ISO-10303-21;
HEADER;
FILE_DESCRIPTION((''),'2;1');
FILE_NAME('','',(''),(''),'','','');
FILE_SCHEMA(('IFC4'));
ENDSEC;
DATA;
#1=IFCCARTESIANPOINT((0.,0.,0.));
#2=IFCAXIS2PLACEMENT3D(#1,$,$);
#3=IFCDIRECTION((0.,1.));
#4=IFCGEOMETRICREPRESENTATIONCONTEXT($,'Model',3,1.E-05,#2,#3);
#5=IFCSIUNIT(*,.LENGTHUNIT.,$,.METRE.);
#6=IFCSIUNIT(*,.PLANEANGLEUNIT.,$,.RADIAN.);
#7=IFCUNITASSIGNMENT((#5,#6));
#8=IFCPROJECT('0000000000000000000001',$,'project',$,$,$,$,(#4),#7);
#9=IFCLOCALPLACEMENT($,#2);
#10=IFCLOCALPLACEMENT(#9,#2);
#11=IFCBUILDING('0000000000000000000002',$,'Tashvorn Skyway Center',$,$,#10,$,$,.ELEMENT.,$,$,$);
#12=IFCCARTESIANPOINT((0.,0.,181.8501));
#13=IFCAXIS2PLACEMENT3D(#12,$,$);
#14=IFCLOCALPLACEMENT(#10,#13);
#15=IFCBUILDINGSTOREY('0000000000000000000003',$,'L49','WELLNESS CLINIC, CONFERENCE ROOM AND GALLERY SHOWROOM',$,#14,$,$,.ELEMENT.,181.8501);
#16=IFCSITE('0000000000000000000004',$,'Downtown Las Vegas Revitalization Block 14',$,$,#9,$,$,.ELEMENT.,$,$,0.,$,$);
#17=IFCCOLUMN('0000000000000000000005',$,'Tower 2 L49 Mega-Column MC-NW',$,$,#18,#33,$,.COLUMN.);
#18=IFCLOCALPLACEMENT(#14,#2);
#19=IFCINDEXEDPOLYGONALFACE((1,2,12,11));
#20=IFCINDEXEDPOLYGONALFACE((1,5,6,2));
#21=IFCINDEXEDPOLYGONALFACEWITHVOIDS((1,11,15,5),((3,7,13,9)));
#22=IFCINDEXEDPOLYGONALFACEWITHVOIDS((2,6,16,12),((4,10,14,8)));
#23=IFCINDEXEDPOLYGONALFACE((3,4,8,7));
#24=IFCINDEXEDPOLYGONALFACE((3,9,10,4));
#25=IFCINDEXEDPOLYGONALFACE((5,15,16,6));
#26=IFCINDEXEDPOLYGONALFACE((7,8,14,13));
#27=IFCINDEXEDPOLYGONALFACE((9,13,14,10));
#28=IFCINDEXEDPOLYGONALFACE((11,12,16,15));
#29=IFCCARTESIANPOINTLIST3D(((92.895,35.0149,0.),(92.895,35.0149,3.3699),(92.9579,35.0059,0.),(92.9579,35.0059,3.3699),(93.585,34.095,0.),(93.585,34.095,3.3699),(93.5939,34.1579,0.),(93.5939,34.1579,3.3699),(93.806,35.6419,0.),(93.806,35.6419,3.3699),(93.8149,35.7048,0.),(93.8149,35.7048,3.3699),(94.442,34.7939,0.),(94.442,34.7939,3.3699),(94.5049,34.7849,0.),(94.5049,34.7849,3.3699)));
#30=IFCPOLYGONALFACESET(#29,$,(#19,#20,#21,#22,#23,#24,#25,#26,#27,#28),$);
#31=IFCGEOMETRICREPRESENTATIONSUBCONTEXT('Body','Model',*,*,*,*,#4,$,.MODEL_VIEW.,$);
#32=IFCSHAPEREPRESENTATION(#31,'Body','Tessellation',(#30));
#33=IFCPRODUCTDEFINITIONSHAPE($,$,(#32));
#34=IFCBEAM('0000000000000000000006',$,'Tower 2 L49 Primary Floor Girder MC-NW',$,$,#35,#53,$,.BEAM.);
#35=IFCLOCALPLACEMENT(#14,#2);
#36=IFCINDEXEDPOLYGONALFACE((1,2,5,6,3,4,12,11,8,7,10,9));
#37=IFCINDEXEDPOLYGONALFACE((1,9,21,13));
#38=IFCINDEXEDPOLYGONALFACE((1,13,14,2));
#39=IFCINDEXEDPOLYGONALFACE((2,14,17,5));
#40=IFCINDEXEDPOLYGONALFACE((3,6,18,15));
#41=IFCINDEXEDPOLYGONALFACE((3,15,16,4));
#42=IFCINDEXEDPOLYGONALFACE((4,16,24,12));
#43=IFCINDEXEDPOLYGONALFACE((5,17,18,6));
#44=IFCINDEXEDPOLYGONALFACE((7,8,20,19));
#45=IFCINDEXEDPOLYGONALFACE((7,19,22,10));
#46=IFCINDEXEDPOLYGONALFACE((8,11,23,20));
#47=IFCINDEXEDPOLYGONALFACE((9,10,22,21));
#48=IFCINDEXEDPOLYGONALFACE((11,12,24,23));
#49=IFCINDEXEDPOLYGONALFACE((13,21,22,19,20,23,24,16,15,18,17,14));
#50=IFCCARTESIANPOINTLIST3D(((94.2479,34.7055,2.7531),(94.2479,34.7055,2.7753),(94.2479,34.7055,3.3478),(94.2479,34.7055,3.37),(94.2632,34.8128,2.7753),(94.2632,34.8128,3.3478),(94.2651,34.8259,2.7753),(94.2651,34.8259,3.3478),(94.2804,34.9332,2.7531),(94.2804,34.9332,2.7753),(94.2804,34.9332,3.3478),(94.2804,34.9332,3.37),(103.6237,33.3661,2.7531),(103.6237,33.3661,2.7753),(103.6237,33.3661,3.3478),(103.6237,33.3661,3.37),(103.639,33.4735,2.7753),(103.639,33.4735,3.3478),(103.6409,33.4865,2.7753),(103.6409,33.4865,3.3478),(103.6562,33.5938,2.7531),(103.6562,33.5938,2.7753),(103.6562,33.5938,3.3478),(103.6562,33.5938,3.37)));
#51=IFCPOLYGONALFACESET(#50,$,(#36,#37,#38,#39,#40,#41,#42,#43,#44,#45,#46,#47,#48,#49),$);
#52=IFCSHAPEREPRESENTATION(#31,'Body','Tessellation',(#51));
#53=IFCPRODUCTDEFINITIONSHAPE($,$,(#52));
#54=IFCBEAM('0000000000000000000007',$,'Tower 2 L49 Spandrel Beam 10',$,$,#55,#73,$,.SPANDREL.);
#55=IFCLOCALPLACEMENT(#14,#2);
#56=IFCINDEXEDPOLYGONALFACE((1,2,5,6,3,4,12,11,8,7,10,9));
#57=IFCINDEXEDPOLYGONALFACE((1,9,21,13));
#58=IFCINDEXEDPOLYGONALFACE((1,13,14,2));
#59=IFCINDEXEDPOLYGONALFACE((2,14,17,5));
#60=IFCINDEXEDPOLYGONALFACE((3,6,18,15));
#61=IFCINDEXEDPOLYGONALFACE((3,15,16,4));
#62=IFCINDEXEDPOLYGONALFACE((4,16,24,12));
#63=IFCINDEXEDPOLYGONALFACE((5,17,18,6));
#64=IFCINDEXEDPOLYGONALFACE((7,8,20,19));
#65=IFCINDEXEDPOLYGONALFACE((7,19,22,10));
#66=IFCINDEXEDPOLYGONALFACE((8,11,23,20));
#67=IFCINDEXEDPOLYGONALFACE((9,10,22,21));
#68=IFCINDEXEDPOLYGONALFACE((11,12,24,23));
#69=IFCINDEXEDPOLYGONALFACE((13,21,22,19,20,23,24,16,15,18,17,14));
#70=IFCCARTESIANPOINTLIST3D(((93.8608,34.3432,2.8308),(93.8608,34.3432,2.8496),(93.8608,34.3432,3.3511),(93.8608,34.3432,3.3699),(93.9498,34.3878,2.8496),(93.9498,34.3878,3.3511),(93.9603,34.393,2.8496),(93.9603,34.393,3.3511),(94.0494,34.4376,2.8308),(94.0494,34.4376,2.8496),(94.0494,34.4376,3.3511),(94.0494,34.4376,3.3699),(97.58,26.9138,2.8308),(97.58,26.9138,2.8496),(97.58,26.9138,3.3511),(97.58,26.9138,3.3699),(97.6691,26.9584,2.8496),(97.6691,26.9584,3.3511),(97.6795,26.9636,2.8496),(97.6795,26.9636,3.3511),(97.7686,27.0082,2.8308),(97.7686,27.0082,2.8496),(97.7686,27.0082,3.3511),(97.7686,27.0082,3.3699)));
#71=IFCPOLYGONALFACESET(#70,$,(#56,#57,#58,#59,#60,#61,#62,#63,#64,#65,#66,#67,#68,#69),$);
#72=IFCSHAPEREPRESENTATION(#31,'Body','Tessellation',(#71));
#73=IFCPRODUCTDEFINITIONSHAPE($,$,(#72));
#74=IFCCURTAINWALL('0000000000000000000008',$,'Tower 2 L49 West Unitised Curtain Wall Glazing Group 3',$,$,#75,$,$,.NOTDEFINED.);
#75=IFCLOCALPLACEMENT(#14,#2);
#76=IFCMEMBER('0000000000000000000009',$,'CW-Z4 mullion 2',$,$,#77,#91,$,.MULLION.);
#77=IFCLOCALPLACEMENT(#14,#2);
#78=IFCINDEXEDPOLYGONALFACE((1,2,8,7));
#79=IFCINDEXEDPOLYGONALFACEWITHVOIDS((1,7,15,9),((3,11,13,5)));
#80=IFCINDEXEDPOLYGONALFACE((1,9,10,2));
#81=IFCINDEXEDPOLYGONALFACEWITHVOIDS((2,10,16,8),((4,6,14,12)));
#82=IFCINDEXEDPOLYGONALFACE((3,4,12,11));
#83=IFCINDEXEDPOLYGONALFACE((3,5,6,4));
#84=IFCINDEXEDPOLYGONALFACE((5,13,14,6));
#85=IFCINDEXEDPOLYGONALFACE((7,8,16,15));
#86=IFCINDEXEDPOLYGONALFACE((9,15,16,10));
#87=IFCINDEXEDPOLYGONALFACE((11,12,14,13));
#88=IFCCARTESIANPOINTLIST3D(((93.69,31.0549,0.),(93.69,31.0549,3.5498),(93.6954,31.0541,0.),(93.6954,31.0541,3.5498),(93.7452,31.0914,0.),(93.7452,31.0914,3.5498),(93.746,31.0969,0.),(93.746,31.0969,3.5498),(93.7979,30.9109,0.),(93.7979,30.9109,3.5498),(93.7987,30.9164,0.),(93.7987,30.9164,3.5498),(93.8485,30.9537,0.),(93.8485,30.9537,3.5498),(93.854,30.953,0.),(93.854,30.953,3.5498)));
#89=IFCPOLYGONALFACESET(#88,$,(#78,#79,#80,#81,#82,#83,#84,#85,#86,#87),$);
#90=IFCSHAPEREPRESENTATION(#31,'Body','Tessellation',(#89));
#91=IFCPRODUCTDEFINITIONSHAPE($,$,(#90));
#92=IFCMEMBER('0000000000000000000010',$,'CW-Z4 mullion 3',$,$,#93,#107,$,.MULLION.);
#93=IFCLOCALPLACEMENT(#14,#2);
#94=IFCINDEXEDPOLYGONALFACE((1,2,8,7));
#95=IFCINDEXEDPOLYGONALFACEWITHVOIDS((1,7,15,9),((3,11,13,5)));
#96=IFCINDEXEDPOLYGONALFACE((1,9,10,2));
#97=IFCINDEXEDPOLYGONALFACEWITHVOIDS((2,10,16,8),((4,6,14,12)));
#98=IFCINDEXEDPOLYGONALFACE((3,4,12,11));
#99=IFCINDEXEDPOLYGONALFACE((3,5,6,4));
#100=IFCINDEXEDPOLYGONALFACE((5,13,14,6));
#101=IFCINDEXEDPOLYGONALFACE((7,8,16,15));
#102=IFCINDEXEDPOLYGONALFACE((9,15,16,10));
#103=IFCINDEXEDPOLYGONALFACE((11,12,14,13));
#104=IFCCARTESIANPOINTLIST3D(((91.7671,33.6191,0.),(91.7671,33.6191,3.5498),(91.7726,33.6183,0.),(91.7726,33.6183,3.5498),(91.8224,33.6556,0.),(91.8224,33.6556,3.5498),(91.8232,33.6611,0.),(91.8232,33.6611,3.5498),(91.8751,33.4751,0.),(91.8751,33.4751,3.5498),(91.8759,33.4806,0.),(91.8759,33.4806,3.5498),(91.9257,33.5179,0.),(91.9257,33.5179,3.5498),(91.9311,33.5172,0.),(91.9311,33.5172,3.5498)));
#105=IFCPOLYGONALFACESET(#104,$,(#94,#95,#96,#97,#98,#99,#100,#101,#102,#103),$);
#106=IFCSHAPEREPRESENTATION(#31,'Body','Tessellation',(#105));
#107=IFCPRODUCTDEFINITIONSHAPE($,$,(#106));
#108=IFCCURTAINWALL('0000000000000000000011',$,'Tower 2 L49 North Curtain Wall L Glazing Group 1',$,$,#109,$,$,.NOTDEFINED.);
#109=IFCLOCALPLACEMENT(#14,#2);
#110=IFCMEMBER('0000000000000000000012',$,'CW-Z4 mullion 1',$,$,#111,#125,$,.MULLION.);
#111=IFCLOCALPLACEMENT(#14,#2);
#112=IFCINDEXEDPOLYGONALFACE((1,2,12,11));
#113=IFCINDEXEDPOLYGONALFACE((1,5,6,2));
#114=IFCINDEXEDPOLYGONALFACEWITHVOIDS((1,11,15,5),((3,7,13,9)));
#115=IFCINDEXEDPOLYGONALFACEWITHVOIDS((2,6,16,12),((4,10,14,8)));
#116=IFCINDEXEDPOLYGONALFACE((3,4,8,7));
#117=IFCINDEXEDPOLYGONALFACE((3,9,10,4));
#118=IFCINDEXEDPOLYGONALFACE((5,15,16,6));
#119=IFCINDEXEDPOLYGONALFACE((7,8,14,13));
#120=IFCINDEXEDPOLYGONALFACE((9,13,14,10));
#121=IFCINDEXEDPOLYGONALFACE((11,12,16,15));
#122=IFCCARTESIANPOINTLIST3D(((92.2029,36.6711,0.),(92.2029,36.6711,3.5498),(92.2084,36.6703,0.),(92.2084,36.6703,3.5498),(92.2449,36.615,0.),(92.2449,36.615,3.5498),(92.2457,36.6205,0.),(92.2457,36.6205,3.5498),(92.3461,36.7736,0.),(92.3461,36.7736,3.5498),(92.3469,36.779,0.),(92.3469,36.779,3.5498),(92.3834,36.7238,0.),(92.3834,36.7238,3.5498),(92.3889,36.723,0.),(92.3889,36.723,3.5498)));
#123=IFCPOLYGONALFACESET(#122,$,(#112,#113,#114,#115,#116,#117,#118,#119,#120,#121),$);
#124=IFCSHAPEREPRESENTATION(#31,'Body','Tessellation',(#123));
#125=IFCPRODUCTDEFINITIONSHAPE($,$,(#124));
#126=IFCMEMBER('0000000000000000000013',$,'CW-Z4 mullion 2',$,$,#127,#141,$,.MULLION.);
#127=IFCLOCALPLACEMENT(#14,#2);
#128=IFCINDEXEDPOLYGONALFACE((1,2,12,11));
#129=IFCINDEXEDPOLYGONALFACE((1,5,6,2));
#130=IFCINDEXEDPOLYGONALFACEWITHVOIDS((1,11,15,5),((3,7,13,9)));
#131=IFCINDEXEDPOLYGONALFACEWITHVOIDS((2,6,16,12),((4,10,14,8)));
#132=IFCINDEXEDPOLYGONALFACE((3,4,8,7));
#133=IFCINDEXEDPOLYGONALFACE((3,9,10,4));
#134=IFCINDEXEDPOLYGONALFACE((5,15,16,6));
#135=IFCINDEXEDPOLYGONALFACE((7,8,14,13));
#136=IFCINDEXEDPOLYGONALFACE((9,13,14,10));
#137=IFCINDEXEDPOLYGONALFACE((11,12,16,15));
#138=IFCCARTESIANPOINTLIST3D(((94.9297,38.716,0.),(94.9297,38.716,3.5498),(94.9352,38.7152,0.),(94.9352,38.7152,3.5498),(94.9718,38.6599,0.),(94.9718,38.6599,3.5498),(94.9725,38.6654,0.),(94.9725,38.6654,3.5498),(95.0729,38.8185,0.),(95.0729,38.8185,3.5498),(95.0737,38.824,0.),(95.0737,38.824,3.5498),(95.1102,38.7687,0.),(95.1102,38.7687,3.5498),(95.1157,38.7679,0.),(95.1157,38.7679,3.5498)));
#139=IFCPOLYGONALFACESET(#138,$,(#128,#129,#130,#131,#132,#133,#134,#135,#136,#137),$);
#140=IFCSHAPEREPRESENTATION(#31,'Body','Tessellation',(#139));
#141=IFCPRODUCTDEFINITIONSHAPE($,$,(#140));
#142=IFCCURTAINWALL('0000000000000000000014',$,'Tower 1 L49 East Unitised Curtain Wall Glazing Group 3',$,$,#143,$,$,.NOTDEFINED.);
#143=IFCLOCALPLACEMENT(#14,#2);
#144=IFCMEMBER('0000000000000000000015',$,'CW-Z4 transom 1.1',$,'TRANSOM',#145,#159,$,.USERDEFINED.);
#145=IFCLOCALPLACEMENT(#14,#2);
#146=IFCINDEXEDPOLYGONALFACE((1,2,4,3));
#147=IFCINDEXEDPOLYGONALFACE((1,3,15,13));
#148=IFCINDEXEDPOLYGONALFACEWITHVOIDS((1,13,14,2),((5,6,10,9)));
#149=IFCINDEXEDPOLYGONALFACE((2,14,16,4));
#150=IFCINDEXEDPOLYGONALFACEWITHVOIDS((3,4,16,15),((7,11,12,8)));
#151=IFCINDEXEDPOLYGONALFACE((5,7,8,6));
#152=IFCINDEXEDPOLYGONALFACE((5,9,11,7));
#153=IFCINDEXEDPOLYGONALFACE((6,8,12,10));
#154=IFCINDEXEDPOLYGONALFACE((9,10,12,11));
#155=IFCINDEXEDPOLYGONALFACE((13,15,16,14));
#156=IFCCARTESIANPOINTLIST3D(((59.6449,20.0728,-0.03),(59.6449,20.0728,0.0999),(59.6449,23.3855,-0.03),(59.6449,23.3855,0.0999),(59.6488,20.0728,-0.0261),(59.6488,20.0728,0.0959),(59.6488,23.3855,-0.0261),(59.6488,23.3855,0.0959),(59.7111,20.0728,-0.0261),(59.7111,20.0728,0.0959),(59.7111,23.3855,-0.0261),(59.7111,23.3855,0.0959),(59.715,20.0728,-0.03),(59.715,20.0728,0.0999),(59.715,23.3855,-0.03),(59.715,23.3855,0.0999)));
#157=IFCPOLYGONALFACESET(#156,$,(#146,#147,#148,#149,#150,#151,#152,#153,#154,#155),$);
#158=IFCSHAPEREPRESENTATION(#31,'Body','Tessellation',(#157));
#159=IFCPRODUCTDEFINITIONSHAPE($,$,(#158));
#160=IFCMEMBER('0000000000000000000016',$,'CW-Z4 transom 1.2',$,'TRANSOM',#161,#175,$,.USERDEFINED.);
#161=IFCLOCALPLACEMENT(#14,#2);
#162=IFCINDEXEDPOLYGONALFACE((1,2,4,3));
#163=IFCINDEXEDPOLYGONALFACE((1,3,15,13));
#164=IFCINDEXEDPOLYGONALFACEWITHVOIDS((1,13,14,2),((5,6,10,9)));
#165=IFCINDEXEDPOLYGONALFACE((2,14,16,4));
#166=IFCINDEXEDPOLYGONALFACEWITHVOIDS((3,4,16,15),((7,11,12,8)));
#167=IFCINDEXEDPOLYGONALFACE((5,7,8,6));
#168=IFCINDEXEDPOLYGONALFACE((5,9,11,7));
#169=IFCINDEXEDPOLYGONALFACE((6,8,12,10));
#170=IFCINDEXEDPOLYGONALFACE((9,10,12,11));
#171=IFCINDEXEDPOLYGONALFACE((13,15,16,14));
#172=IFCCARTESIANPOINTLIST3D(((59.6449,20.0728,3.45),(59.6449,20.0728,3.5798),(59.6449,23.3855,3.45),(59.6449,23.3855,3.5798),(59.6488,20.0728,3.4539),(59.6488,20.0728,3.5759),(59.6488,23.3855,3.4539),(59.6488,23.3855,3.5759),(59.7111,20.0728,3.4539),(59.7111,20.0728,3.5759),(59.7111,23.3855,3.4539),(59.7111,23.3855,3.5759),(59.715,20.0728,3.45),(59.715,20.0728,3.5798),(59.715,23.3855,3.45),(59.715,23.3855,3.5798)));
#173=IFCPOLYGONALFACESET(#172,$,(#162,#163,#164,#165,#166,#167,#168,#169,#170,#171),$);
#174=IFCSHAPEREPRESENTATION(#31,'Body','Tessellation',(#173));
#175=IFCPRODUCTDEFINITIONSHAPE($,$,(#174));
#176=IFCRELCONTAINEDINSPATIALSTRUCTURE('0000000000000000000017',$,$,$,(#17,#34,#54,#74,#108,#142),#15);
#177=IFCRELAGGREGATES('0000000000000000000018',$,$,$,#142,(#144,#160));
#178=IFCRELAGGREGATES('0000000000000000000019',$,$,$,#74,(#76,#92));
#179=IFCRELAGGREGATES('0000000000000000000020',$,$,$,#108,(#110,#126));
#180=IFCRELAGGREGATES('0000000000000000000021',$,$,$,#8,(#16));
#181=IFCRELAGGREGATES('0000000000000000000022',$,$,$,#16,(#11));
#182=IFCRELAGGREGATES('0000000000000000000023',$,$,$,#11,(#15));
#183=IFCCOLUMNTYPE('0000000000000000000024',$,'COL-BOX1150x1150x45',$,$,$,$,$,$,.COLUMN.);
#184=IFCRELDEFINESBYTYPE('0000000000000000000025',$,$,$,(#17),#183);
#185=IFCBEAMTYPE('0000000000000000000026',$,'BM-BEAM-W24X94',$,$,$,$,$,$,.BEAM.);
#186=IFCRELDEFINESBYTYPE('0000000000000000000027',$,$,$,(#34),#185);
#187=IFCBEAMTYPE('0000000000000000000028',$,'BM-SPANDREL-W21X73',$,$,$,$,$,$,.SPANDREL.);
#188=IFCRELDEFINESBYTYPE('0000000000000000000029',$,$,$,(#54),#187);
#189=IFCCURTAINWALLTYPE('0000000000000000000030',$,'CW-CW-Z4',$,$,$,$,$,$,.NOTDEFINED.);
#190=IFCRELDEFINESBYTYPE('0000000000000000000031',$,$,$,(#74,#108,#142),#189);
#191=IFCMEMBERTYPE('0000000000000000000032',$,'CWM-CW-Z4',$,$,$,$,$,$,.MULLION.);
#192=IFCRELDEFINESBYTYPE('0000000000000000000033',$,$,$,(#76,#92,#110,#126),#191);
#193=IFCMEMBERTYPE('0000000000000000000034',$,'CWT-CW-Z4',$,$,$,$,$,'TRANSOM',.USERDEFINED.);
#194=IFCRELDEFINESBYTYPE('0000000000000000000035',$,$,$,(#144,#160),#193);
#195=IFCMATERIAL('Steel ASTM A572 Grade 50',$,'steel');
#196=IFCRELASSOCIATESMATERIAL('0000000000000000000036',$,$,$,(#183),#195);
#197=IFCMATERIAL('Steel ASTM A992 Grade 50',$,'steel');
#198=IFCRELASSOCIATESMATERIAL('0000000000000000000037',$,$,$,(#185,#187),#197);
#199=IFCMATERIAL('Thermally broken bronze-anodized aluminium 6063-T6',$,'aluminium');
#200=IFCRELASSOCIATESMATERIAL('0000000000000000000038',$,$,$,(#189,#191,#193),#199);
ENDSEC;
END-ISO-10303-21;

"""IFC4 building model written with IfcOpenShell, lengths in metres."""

from ifc_helpers import new_model, si_unit, direction, frame, origin, origin_2d, place, context, subcontext, project, spatial, hollow_rectangle, i_section, extrude, material, material_profile, profile_set, type_object, element, aggregate, save


model = new_model("IFC4")

# Units and contexts
model_context = context("Model", 3, precision=1e-05, world=origin(), true_north=direction((0.0, 1.0)))
body_context = subcontext(model_context, "Body", "Model", "MODEL_VIEW")
ifc_project = project(units=[si_unit("LENGTHUNIT", "METRE"), si_unit("PLANEANGLEUNIT", "RADIAN")], contexts=[model_context])

# Site, building, storey
site_placement = place(None, origin())
site = spatial("IfcSite", under=ifc_project, at=site_placement, Name="Downtown Las Vegas Revitalization Block 14", CompositionType="ELEMENT", RefElevation=0.0)
building_placement = place(site_placement, origin())
building = spatial("IfcBuilding", under=site, at=building_placement, Name="Tashvorn Skyway Center", CompositionType="ELEMENT")
storey_placement = place(building_placement, frame((0.0, 0.0, 181.8501)))
storey = spatial("IfcBuildingStorey", under=building, at=storey_placement, Name="L49", Description="WELLNESS CLINIC, CONFERENCE ROOM AND GALLERY SHOWROOM", CompositionType="ELEMENT", Elevation=181.8501)

# Column
ifc_material_1 = material(Name="Steel ASTM A572 Grade 50", Category="steel")
ifc_material_profile_1 = material_profile(ifc_material_1, hollow_rectangle(XDim=1.1499, YDim=1.1499, WallThickness=0.0449, at=origin_2d()), Name="BOX1150x1150x45")
ifc_profile_set_1 = profile_set([ifc_material_profile_1], Name="Steel ASTM A572 Grade 50")
column_type = type_object("IfcColumnType", Name="COL-BOX1150x1150x45", PredefinedType="COLUMN", material=ifc_profile_set_1)
column_placement = place(storey_placement, frame((93.7, 34.8999, 0.0), z_axis=(0.0, 0.0, 1.0), x_axis=(0.8, 0.6, 0.0)))
element("IfcColumn", 1, at=column_placement, inside=storey, type_object=column_type, Name="Tower 2 L49 Mega-Column MC-NW", PredefinedType="COLUMN", context=body_context, shape_type="SweptSolid", body=[
    extrude(hollow_rectangle(XDim=1.1499, YDim=1.1499, WallThickness=0.0449, at=origin_2d()), origin(), (0.0, 0.0, 1.0), 3.3699),
])

# Beams
ifc_material_2 = material(Name="Steel ASTM A992 Grade 50", Category="steel")
ifc_material_profile_2 = material_profile(ifc_material_2, i_section(OverallWidth=0.23, OverallDepth=0.6169, WebThickness=0.0132, FlangeThickness=0.0222, at=origin_2d()), Name="W24X94")
ifc_profile_set_2 = profile_set([ifc_material_profile_2], Name="Steel ASTM A992 Grade 50")
beam_type_1 = type_object("IfcBeamType", Name="BM-BEAM-W24X94", PredefinedType="BEAM", material=ifc_profile_set_2)
beam_1_placement = place(storey_placement, frame((94.2642, 34.8193, 3.0615), z_axis=(0.98995, -0.141418, 0.0), x_axis=(0.141418, 0.98995, 0.0)))
element("IfcBeam", 2, at=beam_1_placement, inside=storey, type_object=beam_type_1, Name="Tower 2 L49 Primary Floor Girder MC-NW", PredefinedType="BEAM", context=body_context, shape_type="SweptSolid", body=[
    extrude(i_section(OverallWidth=0.23, OverallDepth=0.6169, WebThickness=0.0132, FlangeThickness=0.0222, at=origin_2d()), origin(), (0.0, 0.0, 1.0), 9.4709),
])
ifc_material_profile_3 = material_profile(ifc_material_2, i_section(OverallWidth=0.2109, OverallDepth=0.5391, WebThickness=0.0117, FlangeThickness=0.0188, at=origin_2d()), Name="W21X73")
ifc_profile_set_3 = profile_set([ifc_material_profile_3], Name="Steel ASTM A992 Grade 50")
beam_type_2 = type_object("IfcBeamType", Name="BM-SPANDREL-W21X73", PredefinedType="SPANDREL", material=ifc_profile_set_3)
beam_2_placement = place(storey_placement, frame((93.9551, 34.3904, 3.1003), z_axis=(0.447648, -0.89421, 0.0), x_axis=(0.89421, 0.447648, 0.0)))
element("IfcBeam", 3, at=beam_2_placement, inside=storey, type_object=beam_type_2, Name="Tower 2 L49 Spandrel Beam 10", PredefinedType="SPANDREL", context=body_context, shape_type="SweptSolid", body=[
    extrude(i_section(OverallWidth=0.2109, OverallDepth=0.5391, WebThickness=0.0117, FlangeThickness=0.0188, at=origin_2d()), origin(), (0.0, 0.0, 1.0), 8.3083),
])

# Curtain walls, members
ifc_material_3 = material(Name="Thermally broken bronze-anodized aluminium 6063-T6", Category="aluminium")
curtain_wall_type = type_object("IfcCurtainWallType", Name="CW-CW-Z4", PredefinedType="NOTDEFINED", material=ifc_material_3)
curtain_wall_1_placement = place(storey_placement, origin())
curtain_wall_1 = element("IfcCurtainWall", 4, at=curtain_wall_1_placement, inside=storey, type_object=curtain_wall_type, Name="Tower 2 L49 West Unitised Curtain Wall Glazing Group 3", PredefinedType="NOTDEFINED")
ifc_material_profile_4 = material_profile(ifc_material_3, hollow_rectangle(XDim=0.0701, YDim=0.1799, WallThickness=0.0039, at=origin_2d()), Name="ALU-MULL-70x180")
ifc_profile_set_4 = profile_set([ifc_material_profile_4], Name="Thermally broken bronze-anodized aluminium 6063-T6")
member_type_1 = type_object("IfcMemberType", Name="CWM-CW-Z4", PredefinedType="MULLION", material=ifc_profile_set_4)
member_1_placement = place(storey_placement, frame((93.772, 31.0039, 0.0), z_axis=(0.0, 0.0, 1.0), x_axis=(-0.8, -0.6, 0.0)))
member_1 = element("IfcMember", 5, at=member_1_placement, type_object=member_type_1, Name="CW-Z4 mullion 2", PredefinedType="MULLION", context=body_context, shape_type="SweptSolid", body=[
    extrude(hollow_rectangle(XDim=0.0701, YDim=0.1799, WallThickness=0.0039, at=origin_2d()), origin(), (0.0, 0.0, 1.0), 3.5498),
])
member_2_placement = place(storey_placement, frame((91.8491, 33.5681, 0.0), z_axis=(0.0, 0.0, 1.0), x_axis=(-0.8, -0.6, 0.0)))
member_2 = element("IfcMember", 6, at=member_2_placement, type_object=member_type_1, Name="CW-Z4 mullion 3", PredefinedType="MULLION", context=body_context, shape_type="SweptSolid", body=[
    extrude(hollow_rectangle(XDim=0.0701, YDim=0.1799, WallThickness=0.0039, at=origin_2d()), origin(), (0.0, 0.0, 1.0), 3.5498),
])
curtain_wall_2_placement = place(storey_placement, origin())
curtain_wall_2 = element("IfcCurtainWall", 7, at=curtain_wall_2_placement, inside=storey, type_object=curtain_wall_type, Name="Tower 2 L49 North Curtain Wall L Glazing Group 1", PredefinedType="NOTDEFINED")
member_3_placement = place(storey_placement, frame((92.2959, 36.697, 0.0), z_axis=(0.0, 0.0, 1.0), x_axis=(-0.600002, 0.799998, 0.0)))
member_3 = element("IfcMember", 8, at=member_3_placement, type_object=member_type_1, Name="CW-Z4 mullion 1", PredefinedType="MULLION", context=body_context, shape_type="SweptSolid", body=[
    extrude(hollow_rectangle(XDim=0.0701, YDim=0.1799, WallThickness=0.0039, at=origin_2d()), origin(), (0.0, 0.0, 1.0), 3.5498),
])
member_4_placement = place(storey_placement, frame((95.0227, 38.7419, 0.0), z_axis=(0.0, 0.0, 1.0), x_axis=(-0.600002, 0.799998, 0.0)))
member_4 = element("IfcMember", 9, at=member_4_placement, type_object=member_type_1, Name="CW-Z4 mullion 2", PredefinedType="MULLION", context=body_context, shape_type="SweptSolid", body=[
    extrude(hollow_rectangle(XDim=0.0701, YDim=0.1799, WallThickness=0.0039, at=origin_2d()), origin(), (0.0, 0.0, 1.0), 3.5498),
])
curtain_wall_3_placement = place(storey_placement, origin())
curtain_wall_3 = element("IfcCurtainWall", 10, at=curtain_wall_3_placement, inside=storey, type_object=curtain_wall_type, Name="Tower 1 L49 East Unitised Curtain Wall Glazing Group 3", PredefinedType="NOTDEFINED")
ifc_material_profile_5 = material_profile(ifc_material_3, hollow_rectangle(XDim=0.0701, YDim=0.1299, WallThickness=0.0039, at=origin_2d()), Name="ALU-TRAN-70x130")
ifc_profile_set_5 = profile_set([ifc_material_profile_5], Name="Thermally broken bronze-anodized aluminium 6063-T6")
member_type_2 = type_object("IfcMemberType", Name="CWT-CW-Z4", ElementType="TRANSOM", PredefinedType="USERDEFINED", material=ifc_profile_set_5)
member_5_placement = place(storey_placement, frame((59.6799, 23.3855, 0.0349), z_axis=(0.0, -1.0, 0.0), x_axis=(1.0, 0.0, 0.0)))
member_5 = element("IfcMember", 11, at=member_5_placement, type_object=member_type_2, Name="CW-Z4 transom 1.1", ObjectType="TRANSOM", PredefinedType="USERDEFINED", context=body_context, shape_type="SweptSolid", body=[
    extrude(hollow_rectangle(XDim=0.0701, YDim=0.1299, WallThickness=0.0039, at=origin_2d()), origin(), (0.0, 0.0, 1.0), 3.3127),
])
member_6_placement = place(storey_placement, frame((59.6799, 23.3855, 3.5149), z_axis=(0.0, -1.0, 0.0), x_axis=(1.0, 0.0, 0.0)))
member_6 = element("IfcMember", 12, at=member_6_placement, type_object=member_type_2, Name="CW-Z4 transom 1.2", ObjectType="TRANSOM", PredefinedType="USERDEFINED", context=body_context, shape_type="SweptSolid", body=[
    extrude(hollow_rectangle(XDim=0.0701, YDim=0.1299, WallThickness=0.0039, at=origin_2d()), origin(), (0.0, 0.0, 1.0), 3.3127),
])

aggregate(curtain_wall_3, [member_5, member_6])
aggregate(curtain_wall_1, [member_1, member_2])
aggregate(curtain_wall_2, [member_3, member_4])

save(model, "model.ifc")
